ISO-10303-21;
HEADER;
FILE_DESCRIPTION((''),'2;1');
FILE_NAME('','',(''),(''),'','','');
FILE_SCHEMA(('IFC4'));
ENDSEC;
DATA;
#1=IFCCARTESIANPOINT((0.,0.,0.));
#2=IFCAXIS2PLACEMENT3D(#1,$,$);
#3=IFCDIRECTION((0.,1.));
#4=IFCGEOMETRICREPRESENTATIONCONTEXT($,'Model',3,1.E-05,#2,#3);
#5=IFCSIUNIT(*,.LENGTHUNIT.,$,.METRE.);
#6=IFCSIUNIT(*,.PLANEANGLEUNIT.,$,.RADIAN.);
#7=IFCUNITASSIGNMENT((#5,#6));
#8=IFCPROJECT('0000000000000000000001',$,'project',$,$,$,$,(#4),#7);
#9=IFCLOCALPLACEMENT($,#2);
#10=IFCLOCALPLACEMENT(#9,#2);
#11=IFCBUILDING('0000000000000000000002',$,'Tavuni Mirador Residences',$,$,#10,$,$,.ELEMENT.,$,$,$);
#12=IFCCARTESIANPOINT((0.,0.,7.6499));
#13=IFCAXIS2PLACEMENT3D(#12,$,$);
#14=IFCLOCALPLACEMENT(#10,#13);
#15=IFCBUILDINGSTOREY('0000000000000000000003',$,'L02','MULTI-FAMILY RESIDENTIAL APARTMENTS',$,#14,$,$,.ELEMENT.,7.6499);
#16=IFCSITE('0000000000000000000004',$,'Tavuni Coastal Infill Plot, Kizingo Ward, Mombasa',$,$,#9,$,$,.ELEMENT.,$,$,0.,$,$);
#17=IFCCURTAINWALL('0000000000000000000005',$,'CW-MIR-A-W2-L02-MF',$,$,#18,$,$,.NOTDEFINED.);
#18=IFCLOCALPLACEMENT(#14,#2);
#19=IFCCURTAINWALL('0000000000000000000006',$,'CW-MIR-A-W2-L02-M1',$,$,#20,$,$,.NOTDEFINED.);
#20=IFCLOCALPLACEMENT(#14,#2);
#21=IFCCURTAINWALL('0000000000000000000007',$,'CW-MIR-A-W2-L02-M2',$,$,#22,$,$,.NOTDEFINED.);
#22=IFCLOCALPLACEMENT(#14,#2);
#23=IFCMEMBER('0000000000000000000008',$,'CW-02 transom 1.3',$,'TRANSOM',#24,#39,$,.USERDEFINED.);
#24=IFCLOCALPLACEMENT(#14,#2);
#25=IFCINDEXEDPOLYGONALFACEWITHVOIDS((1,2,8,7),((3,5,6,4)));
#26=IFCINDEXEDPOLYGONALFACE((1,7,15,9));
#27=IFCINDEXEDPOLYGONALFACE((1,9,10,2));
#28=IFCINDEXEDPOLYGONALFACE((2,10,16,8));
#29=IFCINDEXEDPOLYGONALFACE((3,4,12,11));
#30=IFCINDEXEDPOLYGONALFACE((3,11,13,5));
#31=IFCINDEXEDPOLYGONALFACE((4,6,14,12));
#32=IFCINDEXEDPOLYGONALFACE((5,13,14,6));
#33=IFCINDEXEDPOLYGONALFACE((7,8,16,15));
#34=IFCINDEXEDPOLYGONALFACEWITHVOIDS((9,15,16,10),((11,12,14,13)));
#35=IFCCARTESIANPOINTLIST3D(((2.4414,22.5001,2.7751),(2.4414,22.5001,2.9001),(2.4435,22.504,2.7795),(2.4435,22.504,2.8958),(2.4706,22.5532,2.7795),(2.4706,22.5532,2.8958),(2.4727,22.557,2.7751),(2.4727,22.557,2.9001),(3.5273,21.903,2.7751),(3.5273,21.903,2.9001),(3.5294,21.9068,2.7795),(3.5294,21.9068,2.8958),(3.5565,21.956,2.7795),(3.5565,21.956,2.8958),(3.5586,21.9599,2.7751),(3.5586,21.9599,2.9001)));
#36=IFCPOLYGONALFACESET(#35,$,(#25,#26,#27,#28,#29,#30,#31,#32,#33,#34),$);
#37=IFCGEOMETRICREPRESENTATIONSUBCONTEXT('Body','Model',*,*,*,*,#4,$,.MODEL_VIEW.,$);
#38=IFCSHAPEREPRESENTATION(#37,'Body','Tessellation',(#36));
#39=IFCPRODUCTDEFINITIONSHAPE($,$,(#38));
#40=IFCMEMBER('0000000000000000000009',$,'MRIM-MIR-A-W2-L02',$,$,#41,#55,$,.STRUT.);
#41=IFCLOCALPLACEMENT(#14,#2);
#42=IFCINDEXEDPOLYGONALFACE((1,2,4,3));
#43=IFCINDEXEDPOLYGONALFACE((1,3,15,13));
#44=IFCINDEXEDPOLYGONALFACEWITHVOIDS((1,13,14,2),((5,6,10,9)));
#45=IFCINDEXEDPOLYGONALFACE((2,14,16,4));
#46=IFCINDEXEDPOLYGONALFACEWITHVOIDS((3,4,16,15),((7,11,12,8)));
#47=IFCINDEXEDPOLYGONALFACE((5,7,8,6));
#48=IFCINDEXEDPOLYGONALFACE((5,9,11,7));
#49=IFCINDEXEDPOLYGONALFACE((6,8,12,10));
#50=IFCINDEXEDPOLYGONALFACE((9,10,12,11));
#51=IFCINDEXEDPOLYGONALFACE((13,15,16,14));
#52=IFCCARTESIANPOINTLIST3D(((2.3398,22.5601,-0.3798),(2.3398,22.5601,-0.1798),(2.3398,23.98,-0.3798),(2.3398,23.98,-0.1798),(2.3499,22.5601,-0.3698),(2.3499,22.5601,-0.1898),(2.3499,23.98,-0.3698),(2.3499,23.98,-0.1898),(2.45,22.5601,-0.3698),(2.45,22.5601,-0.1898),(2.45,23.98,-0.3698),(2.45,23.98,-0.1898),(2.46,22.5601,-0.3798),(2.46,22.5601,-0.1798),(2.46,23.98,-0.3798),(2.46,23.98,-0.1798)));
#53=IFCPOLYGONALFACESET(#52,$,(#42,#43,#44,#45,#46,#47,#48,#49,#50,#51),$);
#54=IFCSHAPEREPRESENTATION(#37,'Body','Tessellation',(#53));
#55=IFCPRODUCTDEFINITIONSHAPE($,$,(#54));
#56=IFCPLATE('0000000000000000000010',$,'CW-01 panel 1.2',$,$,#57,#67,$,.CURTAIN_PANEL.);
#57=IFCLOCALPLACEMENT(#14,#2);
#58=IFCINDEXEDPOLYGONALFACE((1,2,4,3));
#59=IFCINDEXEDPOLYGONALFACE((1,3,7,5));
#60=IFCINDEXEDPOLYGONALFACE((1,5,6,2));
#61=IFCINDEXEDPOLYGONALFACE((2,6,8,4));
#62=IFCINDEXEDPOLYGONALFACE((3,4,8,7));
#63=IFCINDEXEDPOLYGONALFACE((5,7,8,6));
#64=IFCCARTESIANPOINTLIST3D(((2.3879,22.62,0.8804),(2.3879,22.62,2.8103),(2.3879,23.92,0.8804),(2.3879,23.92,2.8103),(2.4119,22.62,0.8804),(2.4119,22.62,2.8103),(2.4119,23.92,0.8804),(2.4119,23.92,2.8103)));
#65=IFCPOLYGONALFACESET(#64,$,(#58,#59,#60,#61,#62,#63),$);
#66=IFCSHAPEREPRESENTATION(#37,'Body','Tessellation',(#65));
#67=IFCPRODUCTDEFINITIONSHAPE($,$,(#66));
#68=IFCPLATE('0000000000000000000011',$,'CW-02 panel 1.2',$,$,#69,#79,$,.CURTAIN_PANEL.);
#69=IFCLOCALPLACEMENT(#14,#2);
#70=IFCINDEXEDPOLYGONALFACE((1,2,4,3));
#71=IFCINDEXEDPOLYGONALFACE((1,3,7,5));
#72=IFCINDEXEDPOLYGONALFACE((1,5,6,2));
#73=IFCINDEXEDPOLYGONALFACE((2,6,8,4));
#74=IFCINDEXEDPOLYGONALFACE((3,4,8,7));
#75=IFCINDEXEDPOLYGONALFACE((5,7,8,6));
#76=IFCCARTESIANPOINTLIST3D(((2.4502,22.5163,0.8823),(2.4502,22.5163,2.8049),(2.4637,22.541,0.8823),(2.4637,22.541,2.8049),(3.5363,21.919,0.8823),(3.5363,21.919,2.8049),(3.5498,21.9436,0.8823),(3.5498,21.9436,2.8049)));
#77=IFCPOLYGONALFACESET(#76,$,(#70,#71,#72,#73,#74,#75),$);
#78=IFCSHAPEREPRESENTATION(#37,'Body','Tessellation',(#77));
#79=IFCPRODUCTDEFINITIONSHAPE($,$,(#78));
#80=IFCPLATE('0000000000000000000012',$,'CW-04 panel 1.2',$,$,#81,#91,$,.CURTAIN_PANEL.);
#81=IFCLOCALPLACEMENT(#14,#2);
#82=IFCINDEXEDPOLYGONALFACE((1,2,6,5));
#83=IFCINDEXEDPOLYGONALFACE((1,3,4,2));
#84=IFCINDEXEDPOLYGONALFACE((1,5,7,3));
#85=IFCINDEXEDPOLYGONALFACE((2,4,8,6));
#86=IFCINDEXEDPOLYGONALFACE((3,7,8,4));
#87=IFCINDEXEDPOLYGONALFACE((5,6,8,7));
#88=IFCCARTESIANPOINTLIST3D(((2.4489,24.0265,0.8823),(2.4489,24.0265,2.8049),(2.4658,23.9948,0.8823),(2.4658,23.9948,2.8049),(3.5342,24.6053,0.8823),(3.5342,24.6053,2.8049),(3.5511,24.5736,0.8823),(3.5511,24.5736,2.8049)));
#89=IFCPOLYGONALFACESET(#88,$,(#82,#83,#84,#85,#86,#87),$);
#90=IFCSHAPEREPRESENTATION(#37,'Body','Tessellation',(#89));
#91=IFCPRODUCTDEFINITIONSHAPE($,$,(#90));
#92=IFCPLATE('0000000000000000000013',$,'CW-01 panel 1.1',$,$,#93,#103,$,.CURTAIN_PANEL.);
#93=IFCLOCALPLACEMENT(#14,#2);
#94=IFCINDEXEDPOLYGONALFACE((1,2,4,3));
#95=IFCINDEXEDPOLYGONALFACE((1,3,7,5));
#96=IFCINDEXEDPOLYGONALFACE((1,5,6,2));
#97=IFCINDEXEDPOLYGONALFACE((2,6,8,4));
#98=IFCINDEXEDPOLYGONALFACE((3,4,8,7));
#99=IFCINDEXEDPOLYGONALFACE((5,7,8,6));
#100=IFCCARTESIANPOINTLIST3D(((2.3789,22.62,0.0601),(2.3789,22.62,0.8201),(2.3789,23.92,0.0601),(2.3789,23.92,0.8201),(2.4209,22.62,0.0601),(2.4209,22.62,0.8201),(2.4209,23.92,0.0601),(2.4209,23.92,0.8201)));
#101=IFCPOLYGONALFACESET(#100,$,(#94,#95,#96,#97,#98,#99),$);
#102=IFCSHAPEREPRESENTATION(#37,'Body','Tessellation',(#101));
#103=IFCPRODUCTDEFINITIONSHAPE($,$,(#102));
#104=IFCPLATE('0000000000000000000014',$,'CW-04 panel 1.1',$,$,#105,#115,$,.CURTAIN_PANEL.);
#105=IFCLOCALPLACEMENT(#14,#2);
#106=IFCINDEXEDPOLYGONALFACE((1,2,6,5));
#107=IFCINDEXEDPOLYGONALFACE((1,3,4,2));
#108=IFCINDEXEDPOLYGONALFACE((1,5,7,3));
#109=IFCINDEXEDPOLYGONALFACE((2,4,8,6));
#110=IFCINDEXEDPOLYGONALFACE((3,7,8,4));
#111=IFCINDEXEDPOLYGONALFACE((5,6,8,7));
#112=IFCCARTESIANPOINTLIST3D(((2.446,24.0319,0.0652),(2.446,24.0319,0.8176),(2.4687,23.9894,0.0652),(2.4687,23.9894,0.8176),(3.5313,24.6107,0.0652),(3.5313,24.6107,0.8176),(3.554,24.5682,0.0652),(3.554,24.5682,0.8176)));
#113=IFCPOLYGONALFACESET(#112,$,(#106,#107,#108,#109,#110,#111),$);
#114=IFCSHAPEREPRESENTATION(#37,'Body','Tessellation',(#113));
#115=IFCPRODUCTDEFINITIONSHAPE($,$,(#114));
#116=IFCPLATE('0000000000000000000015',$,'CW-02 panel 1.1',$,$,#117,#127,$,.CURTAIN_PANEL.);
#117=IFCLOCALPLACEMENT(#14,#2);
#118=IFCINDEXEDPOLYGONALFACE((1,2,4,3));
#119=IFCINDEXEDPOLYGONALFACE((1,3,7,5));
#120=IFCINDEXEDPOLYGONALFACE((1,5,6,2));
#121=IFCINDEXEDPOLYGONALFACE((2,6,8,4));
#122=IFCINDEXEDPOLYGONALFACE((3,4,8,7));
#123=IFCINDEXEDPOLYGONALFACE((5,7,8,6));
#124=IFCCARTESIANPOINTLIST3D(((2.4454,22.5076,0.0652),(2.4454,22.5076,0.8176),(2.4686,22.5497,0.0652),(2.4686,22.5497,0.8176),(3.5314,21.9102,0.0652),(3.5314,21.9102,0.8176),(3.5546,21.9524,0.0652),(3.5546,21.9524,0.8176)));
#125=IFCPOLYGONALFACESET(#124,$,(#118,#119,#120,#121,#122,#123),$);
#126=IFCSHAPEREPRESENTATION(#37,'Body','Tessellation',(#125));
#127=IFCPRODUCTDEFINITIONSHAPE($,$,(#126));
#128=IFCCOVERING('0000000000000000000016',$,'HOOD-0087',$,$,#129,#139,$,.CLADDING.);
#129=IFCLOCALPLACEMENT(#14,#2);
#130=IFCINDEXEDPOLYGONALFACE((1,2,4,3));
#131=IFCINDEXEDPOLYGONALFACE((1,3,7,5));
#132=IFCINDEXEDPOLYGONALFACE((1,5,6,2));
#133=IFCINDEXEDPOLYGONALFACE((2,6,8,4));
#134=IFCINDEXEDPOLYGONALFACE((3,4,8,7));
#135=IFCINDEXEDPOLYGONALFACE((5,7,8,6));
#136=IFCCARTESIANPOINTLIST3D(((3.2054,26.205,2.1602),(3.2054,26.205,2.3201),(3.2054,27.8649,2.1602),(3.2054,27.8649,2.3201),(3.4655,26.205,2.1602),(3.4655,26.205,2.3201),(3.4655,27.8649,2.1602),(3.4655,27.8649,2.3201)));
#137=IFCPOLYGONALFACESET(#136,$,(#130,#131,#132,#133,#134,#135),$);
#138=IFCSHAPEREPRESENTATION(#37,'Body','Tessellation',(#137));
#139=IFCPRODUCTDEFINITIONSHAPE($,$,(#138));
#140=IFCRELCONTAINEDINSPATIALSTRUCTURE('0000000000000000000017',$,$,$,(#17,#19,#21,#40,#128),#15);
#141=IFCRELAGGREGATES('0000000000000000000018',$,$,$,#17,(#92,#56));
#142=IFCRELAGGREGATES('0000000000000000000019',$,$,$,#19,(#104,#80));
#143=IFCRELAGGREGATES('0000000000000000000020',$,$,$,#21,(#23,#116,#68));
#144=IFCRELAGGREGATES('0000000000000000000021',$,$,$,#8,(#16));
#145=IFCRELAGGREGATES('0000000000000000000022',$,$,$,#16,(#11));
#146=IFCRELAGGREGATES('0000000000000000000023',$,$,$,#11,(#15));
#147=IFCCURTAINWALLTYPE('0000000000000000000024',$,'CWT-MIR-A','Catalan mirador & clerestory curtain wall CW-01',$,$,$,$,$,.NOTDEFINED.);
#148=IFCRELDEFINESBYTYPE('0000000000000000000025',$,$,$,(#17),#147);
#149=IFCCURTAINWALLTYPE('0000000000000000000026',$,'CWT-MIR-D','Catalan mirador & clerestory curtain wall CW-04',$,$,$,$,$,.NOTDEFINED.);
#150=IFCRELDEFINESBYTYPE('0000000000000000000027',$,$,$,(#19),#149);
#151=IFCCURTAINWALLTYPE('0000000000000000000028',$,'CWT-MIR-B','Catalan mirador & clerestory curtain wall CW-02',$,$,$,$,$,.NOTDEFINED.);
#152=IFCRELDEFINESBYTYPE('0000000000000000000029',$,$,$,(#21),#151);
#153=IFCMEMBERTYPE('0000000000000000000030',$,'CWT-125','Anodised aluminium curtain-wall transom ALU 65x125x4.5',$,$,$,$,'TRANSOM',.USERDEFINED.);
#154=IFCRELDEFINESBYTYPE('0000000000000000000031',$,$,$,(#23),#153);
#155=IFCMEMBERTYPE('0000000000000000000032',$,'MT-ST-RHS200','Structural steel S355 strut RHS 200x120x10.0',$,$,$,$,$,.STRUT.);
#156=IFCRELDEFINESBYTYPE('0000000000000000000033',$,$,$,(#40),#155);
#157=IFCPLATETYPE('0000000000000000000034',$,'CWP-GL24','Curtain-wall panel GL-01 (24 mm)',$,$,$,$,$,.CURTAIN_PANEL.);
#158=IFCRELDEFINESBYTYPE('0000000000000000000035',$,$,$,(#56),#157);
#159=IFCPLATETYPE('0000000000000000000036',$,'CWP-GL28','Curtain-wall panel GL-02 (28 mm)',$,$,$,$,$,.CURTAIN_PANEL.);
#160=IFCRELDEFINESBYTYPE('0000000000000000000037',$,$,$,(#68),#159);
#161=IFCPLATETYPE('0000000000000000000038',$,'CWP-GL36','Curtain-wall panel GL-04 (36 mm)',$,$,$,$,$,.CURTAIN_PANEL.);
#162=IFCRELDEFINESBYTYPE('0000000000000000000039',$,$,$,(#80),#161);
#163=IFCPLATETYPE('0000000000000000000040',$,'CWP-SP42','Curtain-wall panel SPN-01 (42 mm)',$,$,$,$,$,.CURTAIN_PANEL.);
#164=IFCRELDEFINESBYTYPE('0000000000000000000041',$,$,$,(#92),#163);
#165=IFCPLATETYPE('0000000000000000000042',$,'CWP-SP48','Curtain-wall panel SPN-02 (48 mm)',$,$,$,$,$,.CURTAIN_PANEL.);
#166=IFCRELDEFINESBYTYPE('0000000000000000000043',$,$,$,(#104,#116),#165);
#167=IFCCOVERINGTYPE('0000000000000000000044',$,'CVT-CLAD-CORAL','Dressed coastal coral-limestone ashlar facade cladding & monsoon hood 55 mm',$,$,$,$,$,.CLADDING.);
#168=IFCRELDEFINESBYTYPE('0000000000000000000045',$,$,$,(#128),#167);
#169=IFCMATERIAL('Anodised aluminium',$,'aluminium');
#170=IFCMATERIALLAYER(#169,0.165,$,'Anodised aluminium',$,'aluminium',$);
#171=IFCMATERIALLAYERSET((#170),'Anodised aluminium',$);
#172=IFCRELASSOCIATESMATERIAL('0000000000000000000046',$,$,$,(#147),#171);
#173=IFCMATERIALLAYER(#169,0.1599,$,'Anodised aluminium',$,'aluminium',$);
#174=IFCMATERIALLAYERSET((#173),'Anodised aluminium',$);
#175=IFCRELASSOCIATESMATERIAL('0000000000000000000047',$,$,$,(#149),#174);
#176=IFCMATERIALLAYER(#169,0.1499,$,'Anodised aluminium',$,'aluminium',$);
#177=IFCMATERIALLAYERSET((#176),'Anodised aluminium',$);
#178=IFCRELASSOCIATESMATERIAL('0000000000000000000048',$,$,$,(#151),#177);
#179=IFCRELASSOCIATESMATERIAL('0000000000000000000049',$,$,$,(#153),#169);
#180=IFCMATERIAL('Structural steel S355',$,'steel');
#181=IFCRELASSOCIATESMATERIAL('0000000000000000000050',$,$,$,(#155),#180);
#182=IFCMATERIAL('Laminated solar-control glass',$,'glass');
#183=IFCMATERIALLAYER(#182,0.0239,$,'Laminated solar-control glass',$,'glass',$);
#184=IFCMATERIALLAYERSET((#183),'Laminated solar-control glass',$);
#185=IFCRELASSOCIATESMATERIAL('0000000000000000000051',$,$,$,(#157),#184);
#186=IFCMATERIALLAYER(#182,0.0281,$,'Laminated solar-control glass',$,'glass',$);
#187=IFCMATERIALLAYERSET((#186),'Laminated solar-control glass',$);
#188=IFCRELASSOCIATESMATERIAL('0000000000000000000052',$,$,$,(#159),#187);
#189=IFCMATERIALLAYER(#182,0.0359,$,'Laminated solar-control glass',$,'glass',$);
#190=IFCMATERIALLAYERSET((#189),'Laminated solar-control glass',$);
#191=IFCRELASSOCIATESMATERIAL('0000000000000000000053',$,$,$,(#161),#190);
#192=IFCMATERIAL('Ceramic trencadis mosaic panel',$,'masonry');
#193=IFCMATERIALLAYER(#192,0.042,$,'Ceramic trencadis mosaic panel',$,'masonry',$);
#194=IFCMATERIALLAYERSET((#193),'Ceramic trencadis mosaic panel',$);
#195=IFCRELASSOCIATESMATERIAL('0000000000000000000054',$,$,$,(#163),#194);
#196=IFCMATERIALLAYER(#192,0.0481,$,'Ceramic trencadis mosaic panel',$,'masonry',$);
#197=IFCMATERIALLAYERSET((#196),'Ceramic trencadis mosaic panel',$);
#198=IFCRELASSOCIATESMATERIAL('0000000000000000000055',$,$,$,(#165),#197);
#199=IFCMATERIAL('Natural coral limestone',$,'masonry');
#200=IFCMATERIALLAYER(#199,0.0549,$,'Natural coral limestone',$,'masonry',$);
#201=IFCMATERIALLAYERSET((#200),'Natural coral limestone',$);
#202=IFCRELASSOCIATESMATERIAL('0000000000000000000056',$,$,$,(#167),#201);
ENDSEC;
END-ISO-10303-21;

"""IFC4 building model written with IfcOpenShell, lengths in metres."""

from ifc_helpers import new_model, si_unit, direction, frame, origin, origin_2d, place, context, subcontext, project, spatial, rectangle, hollow_rectangle, extrude, material, layer, layer_set, material_profile, profile_set, type_object, element, aggregate, save


model = new_model("IFC4")

# Units and contexts
model_context = context("Model", 3, precision=1e-05, world=origin(), true_north=direction((0.0, 1.0)))
body_context = subcontext(model_context, "Body", "Model", "MODEL_VIEW")
ifc_project = project(units=[si_unit("LENGTHUNIT", "METRE"), si_unit("PLANEANGLEUNIT", "RADIAN")], contexts=[model_context])

# Site, building, storey
site_placement = place(None, origin())
site = spatial("IfcSite", under=ifc_project, at=site_placement, Name="Tavuni Coastal Infill Plot, Kizingo Ward, Mombasa", CompositionType="ELEMENT", RefElevation=0.0)
building_placement = place(site_placement, origin())
building = spatial("IfcBuilding", under=site, at=building_placement, Name="Tavuni Mirador Residences", CompositionType="ELEMENT")
storey_placement = place(building_placement, frame((0.0, 0.0, 7.6499)))
storey = spatial("IfcBuildingStorey", under=building, at=storey_placement, Name="L02", Description="MULTI-FAMILY RESIDENTIAL APARTMENTS", CompositionType="ELEMENT", Elevation=7.6499)

# Curtain wall
ifc_material_1 = material(Name="Anodised aluminium", Category="aluminium")
ifc_layer_1 = layer(ifc_material_1, 0.165, Name="Anodised aluminium", Category="aluminium")
ifc_layer_set_1 = layer_set([ifc_layer_1], Name="Anodised aluminium")
curtain_wall_type_1 = type_object("IfcCurtainWallType", Name="CWT-MIR-A", Description="Catalan mirador & clerestory curtain wall CW-01", PredefinedType="NOTDEFINED", material=ifc_layer_set_1)
curtain_wall_1_placement = place(storey_placement, origin())
curtain_wall_1 = element("IfcCurtainWall", 1, at=curtain_wall_1_placement, inside=storey, type_object=curtain_wall_type_1, Name="CW-MIR-A-W2-L02-MF", PredefinedType="NOTDEFINED")

# Curtain walls
ifc_layer_2 = layer(ifc_material_1, 0.1599, Name="Anodised aluminium", Category="aluminium")
ifc_layer_set_2 = layer_set([ifc_layer_2], Name="Anodised aluminium")
curtain_wall_type_2 = type_object("IfcCurtainWallType", Name="CWT-MIR-D", Description="Catalan mirador & clerestory curtain wall CW-04", PredefinedType="NOTDEFINED", material=ifc_layer_set_2)
curtain_wall_2_placement = place(storey_placement, origin())
curtain_wall_2 = element("IfcCurtainWall", 2, at=curtain_wall_2_placement, inside=storey, type_object=curtain_wall_type_2, Name="CW-MIR-A-W2-L02-M1", PredefinedType="NOTDEFINED")
ifc_layer_3 = layer(ifc_material_1, 0.1499, Name="Anodised aluminium", Category="aluminium")
ifc_layer_set_3 = layer_set([ifc_layer_3], Name="Anodised aluminium")
curtain_wall_type_3 = type_object("IfcCurtainWallType", Name="CWT-MIR-B", Description="Catalan mirador & clerestory curtain wall CW-02", PredefinedType="NOTDEFINED", material=ifc_layer_set_3)
curtain_wall_3_placement = place(storey_placement, origin())
curtain_wall_3 = element("IfcCurtainWall", 3, at=curtain_wall_3_placement, inside=storey, type_object=curtain_wall_type_3, Name="CW-MIR-A-W2-L02-M2", PredefinedType="NOTDEFINED")

# Members
ifc_material_profile_1 = material_profile(ifc_material_1, hollow_rectangle(XDim=0.0649, YDim=0.125, WallThickness=0.0044, at=origin_2d()), Name="ALU 65x125x4.5", Category="aluminium")
ifc_profile_set_1 = profile_set([ifc_material_profile_1], Name="Anodised aluminium")
member_type_1 = type_object("IfcMemberType", Name="CWT-125", Description="Anodised aluminium curtain-wall transom ALU 65x125x4.5", ElementType="TRANSOM", PredefinedType="USERDEFINED", material=ifc_profile_set_1)
member_1_placement = place(storey_placement, frame((2.457, 22.5286, 2.8376), z_axis=(0.876249, -0.481858, 0.0), x_axis=(0.481858, 0.876249, 0.0)))
member_1 = element("IfcMember", 4, at=member_1_placement, type_object=member_type_1, Name="CW-02 transom 1.3", ObjectType="TRANSOM", PredefinedType="USERDEFINED", context=body_context, shape_type="SweptSolid", body=[
    extrude(hollow_rectangle(XDim=0.0649, YDim=0.125, WallThickness=0.0044, at=origin_2d()), origin(), (0.0, 0.0, 1.0), 1.2393),
])
ifc_material_2 = material(Name="Structural steel S355", Category="steel")
ifc_material_profile_2 = material_profile(ifc_material_2, hollow_rectangle(XDim=0.1201, YDim=0.2, WallThickness=0.01, at=origin_2d()), Name="RHS 200x120x10.0", Category="steel")
ifc_profile_set_2 = profile_set([ifc_material_profile_2], Name="Structural steel S355")
member_type_2 = type_object("IfcMemberType", Name="MT-ST-RHS200", Description="Structural steel S355 strut RHS 200x120x10.0", PredefinedType="STRUT", material=ifc_profile_set_2)
member_2_placement = place(storey_placement, frame((2.3999, 22.5601, -0.2798), z_axis=(0.0, 1.0, 0.0), x_axis=(-1.0, 0.0, 0.0)))
element("IfcMember", 5, at=member_2_placement, inside=storey, type_object=member_type_2, Name="MRIM-MIR-A-W2-L02", PredefinedType="STRUT", context=body_context, shape_type="SweptSolid", body=[
    extrude(hollow_rectangle(XDim=0.1201, YDim=0.2, WallThickness=0.01, at=origin_2d()), origin(), (0.0, 0.0, 1.0), 1.4199),
])

# Plates
ifc_material_3 = material(Name="Laminated solar-control glass", Category="glass")
ifc_layer_4 = layer(ifc_material_3, 0.0239, Name="Laminated solar-control glass", Category="glass")
ifc_layer_set_4 = layer_set([ifc_layer_4], Name="Laminated solar-control glass")
plate_type_1 = type_object("IfcPlateType", Name="CWP-GL24", Description="Curtain-wall panel GL-01 (24 mm)", PredefinedType="CURTAIN_PANEL", material=ifc_layer_set_4)
plate_1_placement = place(storey_placement, frame((2.3999, 23.27, 0.8804), z_axis=(0.0, 0.0, 1.0), x_axis=(0.0, -1.0, 0.0)))
plate_1 = element("IfcPlate", 6, at=plate_1_placement, type_object=plate_type_1, Name="CW-01 panel 1.2", PredefinedType="CURTAIN_PANEL", context=body_context, shape_type="SweptSolid", body=[
    extrude(rectangle(XDim=1.3, YDim=0.0239, at=origin_2d()), origin(), (0.0, 0.0, 1.0), 1.9299),
])
ifc_layer_5 = layer(ifc_material_3, 0.0281, Name="Laminated solar-control glass", Category="glass")
ifc_layer_set_5 = layer_set([ifc_layer_5], Name="Laminated solar-control glass")
plate_type_2 = type_object("IfcPlateType", Name="CWP-GL28", Description="Curtain-wall panel GL-02 (28 mm)", PredefinedType="CURTAIN_PANEL", material=ifc_layer_set_5)
plate_2_placement = place(storey_placement, frame((3.0, 22.23, 0.8823), z_axis=(0.0, 0.0, 1.0), x_axis=(0.876216, -0.481919, 0.0)))
plate_2 = element("IfcPlate", 7, at=plate_2_placement, type_object=plate_type_2, Name="CW-02 panel 1.2", PredefinedType="CURTAIN_PANEL", context=body_context, shape_type="SweptSolid", body=[
    extrude(rectangle(XDim=1.2395, YDim=0.0281, at=origin_2d()), origin(), (0.0, 0.0, 1.0), 1.9226),
])
ifc_layer_6 = layer(ifc_material_3, 0.0359, Name="Laminated solar-control glass", Category="glass")
ifc_layer_set_6 = layer_set([ifc_layer_6], Name="Laminated solar-control glass")
plate_type_3 = type_object("IfcPlateType", Name="CWP-GL36", Description="Curtain-wall panel GL-04 (36 mm)", PredefinedType="CURTAIN_PANEL", material=ifc_layer_set_6)
plate_3_placement = place(storey_placement, frame((3.0, 24.3, 0.8823), z_axis=(0.0, 0.0, 1.0), x_axis=(-0.882353, -0.470588, 0.0)))
plate_3 = element("IfcPlate", 8, at=plate_3_placement, type_object=plate_type_3, Name="CW-04 panel 1.2", PredefinedType="CURTAIN_PANEL", context=body_context, shape_type="SweptSolid", body=[
    extrude(rectangle(XDim=1.23, YDim=0.0359, at=origin_2d()), origin(), (0.0, 0.0, 1.0), 1.9226),
])
ifc_material_4 = material(Name="Ceramic trencadis mosaic panel", Category="masonry")
ifc_layer_7 = layer(ifc_material_4, 0.042, Name="Ceramic trencadis mosaic panel", Category="masonry")
ifc_layer_set_7 = layer_set([ifc_layer_7], Name="Ceramic trencadis mosaic panel")
plate_type_4 = type_object("IfcPlateType", Name="CWP-SP42", Description="Curtain-wall panel SPN-01 (42 mm)", PredefinedType="CURTAIN_PANEL", material=ifc_layer_set_7)
plate_4_placement = place(storey_placement, frame((2.3999, 23.27, 0.0601), z_axis=(0.0, 0.0, 1.0), x_axis=(0.0, -1.0, 0.0)))
plate_4 = element("IfcPlate", 9, at=plate_4_placement, type_object=plate_type_4, Name="CW-01 panel 1.1", PredefinedType="CURTAIN_PANEL", context=body_context, shape_type="SweptSolid", body=[
    extrude(rectangle(XDim=1.3, YDim=0.042, at=origin_2d()), origin(), (0.0, 0.0, 1.0), 0.76),
])
aggregate(curtain_wall_1, [plate_4, plate_1])
ifc_layer_8 = layer(ifc_material_4, 0.0481, Name="Ceramic trencadis mosaic panel", Category="masonry")
ifc_layer_set_8 = layer_set([ifc_layer_8], Name="Ceramic trencadis mosaic panel")
plate_type_5 = type_object("IfcPlateType", Name="CWP-SP48", Description="Curtain-wall panel SPN-02 (48 mm)", PredefinedType="CURTAIN_PANEL", material=ifc_layer_set_8)
plate_5_placement = place(storey_placement, frame((3.0, 24.3, 0.0652), z_axis=(0.0, 0.0, 1.0), x_axis=(-0.882353, -0.470588, 0.0)))
plate_5 = element("IfcPlate", 10, at=plate_5_placement, type_object=plate_type_5, Name="CW-04 panel 1.1", PredefinedType="CURTAIN_PANEL", context=body_context, shape_type="SweptSolid", body=[
    extrude(rectangle(XDim=1.23, YDim=0.0481, at=origin_2d()), origin(), (0.0, 0.0, 1.0), 0.7524),
])
aggregate(curtain_wall_2, [plate_5, plate_3])
plate_6_placement = place(storey_placement, frame((3.0, 22.23, 0.0652), z_axis=(0.0, 0.0, 1.0), x_axis=(0.876216, -0.481919, 0.0)))
plate_6 = element("IfcPlate", 11, at=plate_6_placement, type_object=plate_type_5, Name="CW-02 panel 1.1", PredefinedType="CURTAIN_PANEL", context=body_context, shape_type="SweptSolid", body=[
    extrude(rectangle(XDim=1.2395, YDim=0.0481, at=origin_2d()), origin(), (0.0, 0.0, 1.0), 0.7524),
])
aggregate(curtain_wall_3, [member_1, plate_6, plate_2])

# Covering
ifc_material_5 = material(Name="Natural coral limestone", Category="masonry")
ifc_layer_9 = layer(ifc_material_5, 0.0549, Name="Natural coral limestone", Category="masonry")
ifc_layer_set_9 = layer_set([ifc_layer_9], Name="Natural coral limestone")
covering_type = type_object("IfcCoveringType", Name="CVT-CLAD-CORAL", Description="Dressed coastal coral-limestone ashlar facade cladding & monsoon hood 55 mm", PredefinedType="CLADDING", material=ifc_layer_set_9)
covering_placement = place(storey_placement, frame((3.3354, 27.0349, 2.1602), z_axis=(0.0, 0.0, 1.0), x_axis=(0.0, -1.0, 0.0)))
element("IfcCovering", 12, at=covering_placement, inside=storey, type_object=covering_type, Name="HOOD-0087", PredefinedType="CLADDING", context=body_context, shape_type="SweptSolid", body=[
    extrude(rectangle(XDim=1.6599, YDim=0.26, at=origin_2d()), origin(), (0.0, 0.0, 1.0), 0.1599),
])

save(model, "model.ifc")
